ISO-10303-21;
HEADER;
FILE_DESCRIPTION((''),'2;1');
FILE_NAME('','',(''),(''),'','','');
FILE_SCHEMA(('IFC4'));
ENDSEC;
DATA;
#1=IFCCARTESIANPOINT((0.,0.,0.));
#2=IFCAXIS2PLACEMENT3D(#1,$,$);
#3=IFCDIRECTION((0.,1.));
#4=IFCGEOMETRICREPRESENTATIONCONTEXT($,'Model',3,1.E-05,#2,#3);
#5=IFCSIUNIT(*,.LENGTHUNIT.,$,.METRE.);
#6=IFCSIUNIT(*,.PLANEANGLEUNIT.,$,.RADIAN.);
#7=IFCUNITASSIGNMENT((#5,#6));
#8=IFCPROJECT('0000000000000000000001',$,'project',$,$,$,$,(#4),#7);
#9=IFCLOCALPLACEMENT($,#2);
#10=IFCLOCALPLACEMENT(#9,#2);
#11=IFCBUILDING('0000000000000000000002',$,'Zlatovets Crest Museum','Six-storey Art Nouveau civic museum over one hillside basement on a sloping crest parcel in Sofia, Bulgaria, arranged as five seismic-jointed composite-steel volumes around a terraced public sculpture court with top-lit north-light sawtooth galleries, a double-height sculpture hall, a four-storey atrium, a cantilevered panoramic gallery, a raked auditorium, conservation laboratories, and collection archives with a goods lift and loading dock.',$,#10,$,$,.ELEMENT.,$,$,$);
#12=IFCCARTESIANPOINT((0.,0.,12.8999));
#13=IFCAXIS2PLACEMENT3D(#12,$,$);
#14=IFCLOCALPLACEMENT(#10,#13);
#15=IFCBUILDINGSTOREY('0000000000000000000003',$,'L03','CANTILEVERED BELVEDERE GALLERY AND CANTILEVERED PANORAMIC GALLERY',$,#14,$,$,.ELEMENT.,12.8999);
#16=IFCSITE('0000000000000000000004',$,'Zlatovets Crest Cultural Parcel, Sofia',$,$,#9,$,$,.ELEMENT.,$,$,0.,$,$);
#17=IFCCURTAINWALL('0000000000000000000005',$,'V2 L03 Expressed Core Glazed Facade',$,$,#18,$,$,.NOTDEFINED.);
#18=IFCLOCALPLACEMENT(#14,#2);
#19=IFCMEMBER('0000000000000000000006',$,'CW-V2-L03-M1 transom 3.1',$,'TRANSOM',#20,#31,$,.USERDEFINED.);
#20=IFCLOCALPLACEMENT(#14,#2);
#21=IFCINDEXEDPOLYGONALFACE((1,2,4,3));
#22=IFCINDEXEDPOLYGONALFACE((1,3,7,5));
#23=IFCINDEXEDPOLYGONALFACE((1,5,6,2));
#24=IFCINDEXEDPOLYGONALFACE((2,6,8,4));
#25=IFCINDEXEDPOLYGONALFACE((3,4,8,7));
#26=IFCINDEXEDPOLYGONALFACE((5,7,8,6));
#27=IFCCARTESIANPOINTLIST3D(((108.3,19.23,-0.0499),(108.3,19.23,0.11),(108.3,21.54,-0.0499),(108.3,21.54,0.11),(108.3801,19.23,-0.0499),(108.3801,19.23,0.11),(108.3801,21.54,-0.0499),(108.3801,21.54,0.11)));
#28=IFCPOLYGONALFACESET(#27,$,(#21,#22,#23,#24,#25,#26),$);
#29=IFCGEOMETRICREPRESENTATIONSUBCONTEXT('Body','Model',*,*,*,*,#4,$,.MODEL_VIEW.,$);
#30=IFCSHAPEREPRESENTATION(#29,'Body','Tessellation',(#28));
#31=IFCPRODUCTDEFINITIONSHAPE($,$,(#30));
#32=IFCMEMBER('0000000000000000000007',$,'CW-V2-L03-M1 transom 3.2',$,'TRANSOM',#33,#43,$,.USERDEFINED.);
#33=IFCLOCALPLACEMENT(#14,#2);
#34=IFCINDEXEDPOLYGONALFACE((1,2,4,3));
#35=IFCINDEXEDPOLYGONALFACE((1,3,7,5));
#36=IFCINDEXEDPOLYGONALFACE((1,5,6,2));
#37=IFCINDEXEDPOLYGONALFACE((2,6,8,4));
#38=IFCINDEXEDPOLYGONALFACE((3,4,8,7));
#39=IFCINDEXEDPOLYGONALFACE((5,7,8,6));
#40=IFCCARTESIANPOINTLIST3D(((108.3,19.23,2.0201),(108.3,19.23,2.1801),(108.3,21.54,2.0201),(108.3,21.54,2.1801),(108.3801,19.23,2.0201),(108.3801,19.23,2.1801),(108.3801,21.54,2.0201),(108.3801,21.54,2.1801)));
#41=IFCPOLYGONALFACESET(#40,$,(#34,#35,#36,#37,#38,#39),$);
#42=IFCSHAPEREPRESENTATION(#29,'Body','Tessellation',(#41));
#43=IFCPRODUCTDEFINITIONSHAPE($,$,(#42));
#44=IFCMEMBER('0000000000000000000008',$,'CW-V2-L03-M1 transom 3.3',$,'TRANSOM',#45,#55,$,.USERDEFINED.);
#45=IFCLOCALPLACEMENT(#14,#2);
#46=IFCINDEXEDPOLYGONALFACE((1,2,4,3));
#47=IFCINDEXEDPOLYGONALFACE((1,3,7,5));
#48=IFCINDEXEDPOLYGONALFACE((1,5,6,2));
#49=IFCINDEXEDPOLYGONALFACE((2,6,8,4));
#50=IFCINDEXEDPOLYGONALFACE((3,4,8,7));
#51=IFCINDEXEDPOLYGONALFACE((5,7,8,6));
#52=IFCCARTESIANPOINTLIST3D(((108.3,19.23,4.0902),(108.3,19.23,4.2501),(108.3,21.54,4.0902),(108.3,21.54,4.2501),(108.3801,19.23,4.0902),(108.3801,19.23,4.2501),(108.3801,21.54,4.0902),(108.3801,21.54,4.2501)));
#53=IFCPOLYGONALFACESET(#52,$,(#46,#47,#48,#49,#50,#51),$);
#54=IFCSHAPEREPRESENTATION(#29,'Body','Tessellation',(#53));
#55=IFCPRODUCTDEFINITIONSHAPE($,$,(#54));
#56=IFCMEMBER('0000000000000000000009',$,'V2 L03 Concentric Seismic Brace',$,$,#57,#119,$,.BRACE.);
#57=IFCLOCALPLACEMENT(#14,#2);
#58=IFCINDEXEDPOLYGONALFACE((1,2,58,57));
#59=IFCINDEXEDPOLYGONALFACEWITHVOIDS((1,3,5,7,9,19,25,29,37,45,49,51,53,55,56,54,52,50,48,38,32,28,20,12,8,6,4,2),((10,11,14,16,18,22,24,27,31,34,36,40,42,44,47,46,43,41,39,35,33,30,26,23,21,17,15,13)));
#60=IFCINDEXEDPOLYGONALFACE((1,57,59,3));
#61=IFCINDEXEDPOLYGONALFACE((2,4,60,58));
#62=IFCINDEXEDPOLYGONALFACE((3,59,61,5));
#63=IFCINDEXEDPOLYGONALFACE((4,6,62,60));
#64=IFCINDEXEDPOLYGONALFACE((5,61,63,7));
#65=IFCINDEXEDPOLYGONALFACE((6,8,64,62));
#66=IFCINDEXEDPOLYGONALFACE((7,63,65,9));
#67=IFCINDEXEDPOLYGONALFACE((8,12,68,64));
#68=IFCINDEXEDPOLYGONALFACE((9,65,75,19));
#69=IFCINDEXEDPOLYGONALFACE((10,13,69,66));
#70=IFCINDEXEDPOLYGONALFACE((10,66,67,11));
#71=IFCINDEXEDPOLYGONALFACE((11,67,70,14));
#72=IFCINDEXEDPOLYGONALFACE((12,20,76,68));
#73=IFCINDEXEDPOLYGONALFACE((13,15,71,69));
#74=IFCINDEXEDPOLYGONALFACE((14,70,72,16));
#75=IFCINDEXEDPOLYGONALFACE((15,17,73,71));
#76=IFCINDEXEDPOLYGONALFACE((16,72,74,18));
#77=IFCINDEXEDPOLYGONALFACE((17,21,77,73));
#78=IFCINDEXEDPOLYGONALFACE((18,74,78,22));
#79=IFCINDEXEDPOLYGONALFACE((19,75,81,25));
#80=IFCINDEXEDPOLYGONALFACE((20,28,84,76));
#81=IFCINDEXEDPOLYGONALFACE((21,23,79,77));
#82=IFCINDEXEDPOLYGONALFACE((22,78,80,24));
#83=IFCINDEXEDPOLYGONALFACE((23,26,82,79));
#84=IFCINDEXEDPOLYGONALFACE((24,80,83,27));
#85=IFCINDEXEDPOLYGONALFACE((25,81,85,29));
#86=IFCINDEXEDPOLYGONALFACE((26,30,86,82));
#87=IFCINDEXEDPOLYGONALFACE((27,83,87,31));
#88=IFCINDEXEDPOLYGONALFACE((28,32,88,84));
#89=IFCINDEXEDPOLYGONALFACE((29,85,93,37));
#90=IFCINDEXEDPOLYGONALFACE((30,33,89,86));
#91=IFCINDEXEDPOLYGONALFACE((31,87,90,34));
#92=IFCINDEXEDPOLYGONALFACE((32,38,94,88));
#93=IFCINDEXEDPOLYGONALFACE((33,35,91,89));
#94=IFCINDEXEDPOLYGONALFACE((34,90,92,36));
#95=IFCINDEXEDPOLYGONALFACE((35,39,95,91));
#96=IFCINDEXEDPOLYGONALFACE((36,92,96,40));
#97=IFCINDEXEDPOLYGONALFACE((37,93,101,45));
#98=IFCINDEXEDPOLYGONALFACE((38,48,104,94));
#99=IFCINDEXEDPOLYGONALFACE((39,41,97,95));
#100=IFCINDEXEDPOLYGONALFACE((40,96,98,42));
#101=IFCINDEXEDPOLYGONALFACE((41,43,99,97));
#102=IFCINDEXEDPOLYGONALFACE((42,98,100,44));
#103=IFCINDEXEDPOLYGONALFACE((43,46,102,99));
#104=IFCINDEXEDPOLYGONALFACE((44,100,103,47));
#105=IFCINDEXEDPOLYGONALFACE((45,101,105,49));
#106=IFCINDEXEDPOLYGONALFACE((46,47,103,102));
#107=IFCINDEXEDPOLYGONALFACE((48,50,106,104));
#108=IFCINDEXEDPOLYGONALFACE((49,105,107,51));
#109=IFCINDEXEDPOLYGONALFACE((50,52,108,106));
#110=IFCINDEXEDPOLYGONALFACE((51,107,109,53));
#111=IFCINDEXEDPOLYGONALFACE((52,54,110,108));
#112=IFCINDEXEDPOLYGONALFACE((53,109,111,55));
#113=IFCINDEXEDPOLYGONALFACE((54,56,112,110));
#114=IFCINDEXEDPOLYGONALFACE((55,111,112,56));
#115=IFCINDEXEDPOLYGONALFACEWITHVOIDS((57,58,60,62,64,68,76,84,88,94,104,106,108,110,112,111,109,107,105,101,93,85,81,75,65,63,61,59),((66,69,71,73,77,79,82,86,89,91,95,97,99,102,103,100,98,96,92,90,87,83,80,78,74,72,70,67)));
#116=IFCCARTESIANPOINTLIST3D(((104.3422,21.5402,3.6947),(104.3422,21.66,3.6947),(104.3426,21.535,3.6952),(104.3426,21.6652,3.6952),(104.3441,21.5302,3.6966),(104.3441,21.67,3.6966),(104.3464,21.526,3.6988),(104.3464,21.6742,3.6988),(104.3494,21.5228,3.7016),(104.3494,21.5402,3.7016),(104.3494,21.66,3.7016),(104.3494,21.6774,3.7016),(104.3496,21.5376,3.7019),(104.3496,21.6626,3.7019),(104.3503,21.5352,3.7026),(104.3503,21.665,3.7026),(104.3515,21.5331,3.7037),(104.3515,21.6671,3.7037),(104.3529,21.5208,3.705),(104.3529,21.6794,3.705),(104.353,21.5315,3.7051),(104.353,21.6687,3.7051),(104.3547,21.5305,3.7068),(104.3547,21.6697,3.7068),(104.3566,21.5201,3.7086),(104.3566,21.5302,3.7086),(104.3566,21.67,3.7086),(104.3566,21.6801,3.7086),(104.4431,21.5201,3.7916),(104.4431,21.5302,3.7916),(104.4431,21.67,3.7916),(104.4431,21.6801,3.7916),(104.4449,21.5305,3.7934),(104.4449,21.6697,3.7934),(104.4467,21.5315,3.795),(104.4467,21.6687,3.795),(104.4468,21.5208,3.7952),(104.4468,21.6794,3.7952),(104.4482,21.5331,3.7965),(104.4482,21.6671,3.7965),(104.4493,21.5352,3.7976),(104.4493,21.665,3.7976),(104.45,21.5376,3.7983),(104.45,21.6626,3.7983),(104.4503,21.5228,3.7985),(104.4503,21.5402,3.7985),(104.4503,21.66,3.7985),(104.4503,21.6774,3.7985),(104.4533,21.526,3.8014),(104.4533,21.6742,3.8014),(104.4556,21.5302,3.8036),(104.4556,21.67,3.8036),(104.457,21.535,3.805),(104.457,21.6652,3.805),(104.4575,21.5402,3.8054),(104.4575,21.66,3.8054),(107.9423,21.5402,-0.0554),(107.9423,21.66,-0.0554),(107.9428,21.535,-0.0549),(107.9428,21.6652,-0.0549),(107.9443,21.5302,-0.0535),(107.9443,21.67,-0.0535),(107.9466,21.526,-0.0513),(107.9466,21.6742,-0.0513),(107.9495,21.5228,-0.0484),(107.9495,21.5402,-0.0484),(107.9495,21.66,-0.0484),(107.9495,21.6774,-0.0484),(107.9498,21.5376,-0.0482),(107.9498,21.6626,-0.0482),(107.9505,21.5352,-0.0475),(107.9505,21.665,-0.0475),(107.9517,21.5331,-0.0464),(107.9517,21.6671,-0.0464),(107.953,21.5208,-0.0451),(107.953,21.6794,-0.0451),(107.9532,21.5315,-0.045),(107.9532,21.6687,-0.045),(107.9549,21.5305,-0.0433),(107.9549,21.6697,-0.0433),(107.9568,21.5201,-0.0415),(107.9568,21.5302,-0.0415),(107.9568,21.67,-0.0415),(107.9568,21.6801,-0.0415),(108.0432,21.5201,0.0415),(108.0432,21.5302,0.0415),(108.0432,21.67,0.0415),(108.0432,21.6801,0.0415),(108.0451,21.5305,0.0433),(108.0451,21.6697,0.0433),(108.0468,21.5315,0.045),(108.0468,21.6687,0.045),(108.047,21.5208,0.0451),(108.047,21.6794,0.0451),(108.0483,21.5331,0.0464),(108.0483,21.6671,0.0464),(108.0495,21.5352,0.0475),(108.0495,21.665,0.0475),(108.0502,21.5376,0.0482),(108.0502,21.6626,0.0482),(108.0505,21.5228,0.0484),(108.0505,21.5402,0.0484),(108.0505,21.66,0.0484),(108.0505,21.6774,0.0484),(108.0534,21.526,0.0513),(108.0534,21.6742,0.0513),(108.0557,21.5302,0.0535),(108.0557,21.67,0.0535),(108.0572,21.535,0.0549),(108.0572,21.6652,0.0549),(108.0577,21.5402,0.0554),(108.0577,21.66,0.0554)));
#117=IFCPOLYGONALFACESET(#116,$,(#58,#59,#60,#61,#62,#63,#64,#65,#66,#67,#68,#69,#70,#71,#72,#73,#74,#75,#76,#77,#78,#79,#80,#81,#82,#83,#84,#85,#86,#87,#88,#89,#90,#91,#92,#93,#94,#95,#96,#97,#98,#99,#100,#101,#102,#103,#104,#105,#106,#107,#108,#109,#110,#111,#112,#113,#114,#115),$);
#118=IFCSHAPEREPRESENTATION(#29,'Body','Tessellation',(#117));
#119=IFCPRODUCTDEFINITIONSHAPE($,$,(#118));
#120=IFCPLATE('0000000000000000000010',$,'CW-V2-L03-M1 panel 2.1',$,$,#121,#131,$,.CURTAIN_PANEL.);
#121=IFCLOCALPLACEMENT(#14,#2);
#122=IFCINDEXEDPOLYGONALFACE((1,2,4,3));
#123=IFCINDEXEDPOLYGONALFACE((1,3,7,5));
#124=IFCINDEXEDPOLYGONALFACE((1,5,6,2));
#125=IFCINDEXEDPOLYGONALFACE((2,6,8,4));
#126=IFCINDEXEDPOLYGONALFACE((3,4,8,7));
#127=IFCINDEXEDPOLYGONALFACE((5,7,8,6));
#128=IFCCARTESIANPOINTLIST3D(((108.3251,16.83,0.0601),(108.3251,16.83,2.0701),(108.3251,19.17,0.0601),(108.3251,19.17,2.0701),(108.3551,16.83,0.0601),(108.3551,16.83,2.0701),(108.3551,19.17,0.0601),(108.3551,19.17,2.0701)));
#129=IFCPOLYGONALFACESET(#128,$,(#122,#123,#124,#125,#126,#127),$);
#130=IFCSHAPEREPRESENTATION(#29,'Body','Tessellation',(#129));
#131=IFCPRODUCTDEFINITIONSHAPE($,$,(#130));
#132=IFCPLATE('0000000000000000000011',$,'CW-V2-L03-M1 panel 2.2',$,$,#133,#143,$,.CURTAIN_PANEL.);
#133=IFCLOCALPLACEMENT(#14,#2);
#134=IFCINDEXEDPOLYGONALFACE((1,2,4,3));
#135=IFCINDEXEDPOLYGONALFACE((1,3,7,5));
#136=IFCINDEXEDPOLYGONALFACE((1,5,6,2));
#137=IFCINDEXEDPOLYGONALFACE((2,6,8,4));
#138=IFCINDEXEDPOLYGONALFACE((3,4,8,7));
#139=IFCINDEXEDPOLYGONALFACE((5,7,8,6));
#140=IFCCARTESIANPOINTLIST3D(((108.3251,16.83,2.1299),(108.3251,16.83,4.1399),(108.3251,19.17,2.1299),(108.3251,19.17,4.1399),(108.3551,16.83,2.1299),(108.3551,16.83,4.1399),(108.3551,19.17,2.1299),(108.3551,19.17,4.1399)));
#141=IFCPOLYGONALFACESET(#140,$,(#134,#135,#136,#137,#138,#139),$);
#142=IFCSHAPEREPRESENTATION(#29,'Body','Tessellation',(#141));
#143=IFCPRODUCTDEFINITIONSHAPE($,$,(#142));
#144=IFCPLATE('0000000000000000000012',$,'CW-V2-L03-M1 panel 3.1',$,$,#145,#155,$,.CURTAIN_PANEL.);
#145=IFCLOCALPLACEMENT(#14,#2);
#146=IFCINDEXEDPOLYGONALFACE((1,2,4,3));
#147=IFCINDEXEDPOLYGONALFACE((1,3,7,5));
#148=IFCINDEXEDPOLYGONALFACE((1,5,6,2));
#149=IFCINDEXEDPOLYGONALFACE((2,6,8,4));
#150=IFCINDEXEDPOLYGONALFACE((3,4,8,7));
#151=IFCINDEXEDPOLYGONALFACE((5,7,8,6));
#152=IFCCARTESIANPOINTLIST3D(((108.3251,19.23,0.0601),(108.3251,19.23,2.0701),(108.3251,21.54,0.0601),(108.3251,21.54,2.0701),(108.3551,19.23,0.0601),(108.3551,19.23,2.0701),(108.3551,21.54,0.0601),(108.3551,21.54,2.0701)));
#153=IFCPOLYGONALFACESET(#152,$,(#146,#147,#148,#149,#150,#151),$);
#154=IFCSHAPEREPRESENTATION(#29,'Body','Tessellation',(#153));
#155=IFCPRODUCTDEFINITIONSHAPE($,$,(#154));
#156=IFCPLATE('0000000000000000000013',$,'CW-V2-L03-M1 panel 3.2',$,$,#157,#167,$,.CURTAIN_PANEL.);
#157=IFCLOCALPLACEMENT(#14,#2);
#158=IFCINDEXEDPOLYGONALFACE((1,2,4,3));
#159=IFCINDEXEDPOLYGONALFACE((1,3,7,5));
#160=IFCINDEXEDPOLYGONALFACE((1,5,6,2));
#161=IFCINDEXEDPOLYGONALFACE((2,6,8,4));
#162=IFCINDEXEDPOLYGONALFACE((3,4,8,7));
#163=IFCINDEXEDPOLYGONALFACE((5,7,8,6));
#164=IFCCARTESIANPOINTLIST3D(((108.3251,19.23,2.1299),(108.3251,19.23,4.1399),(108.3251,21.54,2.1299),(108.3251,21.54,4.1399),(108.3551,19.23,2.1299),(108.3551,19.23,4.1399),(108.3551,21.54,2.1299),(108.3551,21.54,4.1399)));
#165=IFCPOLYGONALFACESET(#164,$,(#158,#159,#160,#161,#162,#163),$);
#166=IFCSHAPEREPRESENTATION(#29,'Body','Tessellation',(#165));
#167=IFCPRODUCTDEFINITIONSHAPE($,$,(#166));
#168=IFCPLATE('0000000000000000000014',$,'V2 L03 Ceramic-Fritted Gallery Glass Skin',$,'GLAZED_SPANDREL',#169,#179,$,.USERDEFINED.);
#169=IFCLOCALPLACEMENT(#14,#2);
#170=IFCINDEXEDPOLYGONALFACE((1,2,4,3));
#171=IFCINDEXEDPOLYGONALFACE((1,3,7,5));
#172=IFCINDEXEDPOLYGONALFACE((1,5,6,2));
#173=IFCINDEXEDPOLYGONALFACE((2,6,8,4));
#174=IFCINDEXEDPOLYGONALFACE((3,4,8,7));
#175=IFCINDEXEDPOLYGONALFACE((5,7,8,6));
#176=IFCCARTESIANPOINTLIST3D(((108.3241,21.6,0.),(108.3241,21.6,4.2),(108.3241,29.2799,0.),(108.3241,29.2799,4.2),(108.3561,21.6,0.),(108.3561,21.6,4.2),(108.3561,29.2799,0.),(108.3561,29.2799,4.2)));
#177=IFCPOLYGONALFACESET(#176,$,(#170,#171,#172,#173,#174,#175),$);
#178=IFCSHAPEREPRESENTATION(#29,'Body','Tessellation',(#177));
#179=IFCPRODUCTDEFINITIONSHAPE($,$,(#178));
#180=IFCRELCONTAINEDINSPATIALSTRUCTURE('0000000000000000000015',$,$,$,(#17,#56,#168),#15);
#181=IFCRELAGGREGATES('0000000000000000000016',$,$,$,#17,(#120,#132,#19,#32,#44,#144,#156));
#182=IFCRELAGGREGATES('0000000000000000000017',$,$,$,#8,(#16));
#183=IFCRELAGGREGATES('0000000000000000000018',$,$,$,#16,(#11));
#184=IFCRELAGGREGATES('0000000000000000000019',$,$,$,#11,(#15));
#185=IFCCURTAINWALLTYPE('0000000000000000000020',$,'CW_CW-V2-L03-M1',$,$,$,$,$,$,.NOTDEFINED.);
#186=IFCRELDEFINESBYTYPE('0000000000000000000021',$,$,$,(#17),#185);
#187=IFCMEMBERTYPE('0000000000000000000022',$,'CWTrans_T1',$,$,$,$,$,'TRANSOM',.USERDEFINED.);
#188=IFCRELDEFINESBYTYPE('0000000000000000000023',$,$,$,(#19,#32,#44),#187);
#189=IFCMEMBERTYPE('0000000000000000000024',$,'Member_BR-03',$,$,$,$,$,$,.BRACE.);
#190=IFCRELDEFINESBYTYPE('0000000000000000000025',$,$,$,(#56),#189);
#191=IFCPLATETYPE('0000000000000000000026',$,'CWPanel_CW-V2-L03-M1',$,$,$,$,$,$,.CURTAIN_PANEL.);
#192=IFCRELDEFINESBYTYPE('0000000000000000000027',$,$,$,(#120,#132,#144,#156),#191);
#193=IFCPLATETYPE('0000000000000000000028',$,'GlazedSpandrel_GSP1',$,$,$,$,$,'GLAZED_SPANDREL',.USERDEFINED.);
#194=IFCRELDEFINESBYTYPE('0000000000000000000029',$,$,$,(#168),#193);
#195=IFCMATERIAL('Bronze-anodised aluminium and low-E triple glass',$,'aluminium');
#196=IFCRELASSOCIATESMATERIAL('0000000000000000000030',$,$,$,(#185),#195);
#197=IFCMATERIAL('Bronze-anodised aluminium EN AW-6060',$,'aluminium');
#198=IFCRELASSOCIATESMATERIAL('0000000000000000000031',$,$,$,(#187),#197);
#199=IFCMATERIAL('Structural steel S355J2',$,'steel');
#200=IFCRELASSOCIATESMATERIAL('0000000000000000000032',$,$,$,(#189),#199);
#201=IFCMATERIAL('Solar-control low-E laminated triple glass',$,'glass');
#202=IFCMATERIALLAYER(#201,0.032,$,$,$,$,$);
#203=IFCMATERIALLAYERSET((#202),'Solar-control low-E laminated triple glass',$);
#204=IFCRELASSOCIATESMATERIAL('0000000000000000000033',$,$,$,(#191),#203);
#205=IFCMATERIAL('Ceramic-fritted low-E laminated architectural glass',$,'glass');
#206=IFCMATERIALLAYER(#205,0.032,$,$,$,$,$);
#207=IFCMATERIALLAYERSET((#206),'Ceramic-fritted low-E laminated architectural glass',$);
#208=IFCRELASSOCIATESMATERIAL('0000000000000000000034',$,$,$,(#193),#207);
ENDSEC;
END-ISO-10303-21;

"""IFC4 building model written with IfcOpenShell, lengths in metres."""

from ifc_helpers import new_model, si_unit, direction, frame, origin, origin_2d, place, context, subcontext, project, spatial, rectangle, hollow_rectangle, extrude, material, layer, layer_set, material_profile, profile_set, type_object, element, aggregate, save


model = new_model("IFC4")

# Units and contexts
model_context = context("Model", 3, precision=1e-05, world=origin(), true_north=direction((0.0, 1.0)))
body_context = subcontext(model_context, "Body", "Model", "MODEL_VIEW")
ifc_project = project(units=[si_unit("LENGTHUNIT", "METRE"), si_unit("PLANEANGLEUNIT", "RADIAN")], contexts=[model_context])

# Site, building, storey
site_placement = place(None, origin())
site = spatial("IfcSite", under=ifc_project, at=site_placement, Name="Zlatovets Crest Cultural Parcel, Sofia", CompositionType="ELEMENT", RefElevation=0.0)
building_placement = place(site_placement, origin())
building = spatial("IfcBuilding", under=site, at=building_placement, Name="Zlatovets Crest Museum", Description="Six-storey Art Nouveau civic museum over one hillside basement on a sloping crest parcel in Sofia, Bulgaria, arranged as five seismic-jointed composite-steel volumes around a terraced public sculpture court with top-lit north-light sawtooth galleries, a double-height sculpture hall, a four-storey atrium, a cantilevered panoramic gallery, a raked auditorium, conservation laboratories, and collection archives with a goods lift and loading dock.", CompositionType="ELEMENT")
storey_placement = place(building_placement, frame((0.0, 0.0, 12.8999)))
storey = spatial("IfcBuildingStorey", under=building, at=storey_placement, Name="L03", Description="CANTILEVERED BELVEDERE GALLERY AND CANTILEVERED PANORAMIC GALLERY", CompositionType="ELEMENT", Elevation=12.8999)

# Shared definitions
ifc_material_1 = material(Name="Structural steel S355J2", Category="steel")

# Curtain wall, members
ifc_material_2 = material(Name="Bronze-anodised aluminium and low-E triple glass", Category="aluminium")
curtain_wall_type = type_object("IfcCurtainWallType", Name="CW_CW-V2-L03-M1", PredefinedType="NOTDEFINED", material=ifc_material_2)
curtain_wall_placement = place(storey_placement, origin())
curtain_wall = element("IfcCurtainWall", 1, at=curtain_wall_placement, inside=storey, type_object=curtain_wall_type, Name="V2 L03 Expressed Core Glazed Facade", PredefinedType="NOTDEFINED")
ifc_material_3 = material(Name="Bronze-anodised aluminium EN AW-6060", Category="aluminium")
ifc_material_profile_1 = material_profile(ifc_material_3, rectangle(XDim=0.0801, YDim=0.1599, at=origin_2d()), Name="ALU 80x160")
ifc_profile_set_1 = profile_set([ifc_material_profile_1], Name="Bronze-anodised aluminium EN AW-6060")
member_type_1 = type_object("IfcMemberType", Name="CWTrans_T1", ElementType="TRANSOM", PredefinedType="USERDEFINED", material=ifc_profile_set_1)
member_1_placement = place(storey_placement, frame((108.3401, 19.23, 0.03), z_axis=(0.0, 1.0, 0.0), x_axis=(-1.0, 0.0, 0.0)))
member_1 = element("IfcMember", 2, at=member_1_placement, type_object=member_type_1, Name="CW-V2-L03-M1 transom 3.1", ObjectType="TRANSOM", PredefinedType="USERDEFINED", context=body_context, shape_type="SweptSolid", body=[
    extrude(rectangle(XDim=0.0801, YDim=0.1599, at=origin_2d()), origin(), (0.0, 0.0, 1.0), 2.3101),
])
member_2_placement = place(storey_placement, frame((108.3401, 19.23, 2.1001), z_axis=(0.0, 1.0, 0.0), x_axis=(-1.0, 0.0, 0.0)))
member_2 = element("IfcMember", 3, at=member_2_placement, type_object=member_type_1, Name="CW-V2-L03-M1 transom 3.2", ObjectType="TRANSOM", PredefinedType="USERDEFINED", context=body_context, shape_type="SweptSolid", body=[
    extrude(rectangle(XDim=0.0801, YDim=0.1599, at=origin_2d()), origin(), (0.0, 0.0, 1.0), 2.3101),
])
member_3_placement = place(storey_placement, frame((108.3401, 19.23, 4.1702), z_axis=(0.0, 1.0, 0.0), x_axis=(-1.0, 0.0, 0.0)))
member_3 = element("IfcMember", 4, at=member_3_placement, type_object=member_type_1, Name="CW-V2-L03-M1 transom 3.3", ObjectType="TRANSOM", PredefinedType="USERDEFINED", context=body_context, shape_type="SweptSolid", body=[
    extrude(rectangle(XDim=0.0801, YDim=0.1599, at=origin_2d()), origin(), (0.0, 0.0, 1.0), 2.3101),
])

# Member
ifc_material_profile_2 = material_profile(ifc_material_1, hollow_rectangle(XDim=0.1599, YDim=0.1599, WallThickness=0.01, InnerFilletRadius=0.01, OuterFilletRadius=0.02, at=origin_2d()), Name="SHS 160x160x10.0")
ifc_profile_set_2 = profile_set([ifc_material_profile_2], Name="Structural steel S355J2")
member_type_2 = type_object("IfcMemberType", Name="Member_BR-03", PredefinedType="BRACE", material=ifc_profile_set_2)
member_4_placement = place(storey_placement, frame((108.0, 21.6001, 0.0), z_axis=(-0.692542, 0.0, 0.721378), x_axis=(0.0, -1.0, 0.0)))
element("IfcMember", 5, at=member_4_placement, inside=storey, type_object=member_type_2, Name="V2 L03 Concentric Seismic Brace", PredefinedType="BRACE", context=body_context, shape_type="SweptSolid", body=[
    extrude(hollow_rectangle(XDim=0.1599, YDim=0.1599, WallThickness=0.01, InnerFilletRadius=0.01, OuterFilletRadius=0.02, at=origin_2d()), origin(), (0.0, 0.0, 1.0), 5.1985),
])

# Plates
ifc_material_4 = material(Name="Solar-control low-E laminated triple glass", Category="glass")
ifc_layer_1 = layer(ifc_material_4, 0.032)
ifc_layer_set_1 = layer_set([ifc_layer_1], Name="Solar-control low-E laminated triple glass")
plate_type_1 = type_object("IfcPlateType", Name="CWPanel_CW-V2-L03-M1", PredefinedType="CURTAIN_PANEL", material=ifc_layer_set_1)
plate_1_placement = place(storey_placement, frame((108.3401, 18.0, 0.0601), z_axis=(0.0, 0.0, 1.0), x_axis=(0.0, 1.0, 0.0)))
plate_1 = element("IfcPlate", 6, at=plate_1_placement, type_object=plate_type_1, Name="CW-V2-L03-M1 panel 2.1", PredefinedType="CURTAIN_PANEL", context=body_context, shape_type="SweptSolid", body=[
    extrude(rectangle(XDim=2.3401, YDim=0.03, at=origin_2d()), origin(), (0.0, 0.0, 1.0), 2.01),
])
plate_2_placement = place(storey_placement, frame((108.3401, 18.0, 2.1299), z_axis=(0.0, 0.0, 1.0), x_axis=(0.0, 1.0, 0.0)))
plate_2 = element("IfcPlate", 7, at=plate_2_placement, type_object=plate_type_1, Name="CW-V2-L03-M1 panel 2.2", PredefinedType="CURTAIN_PANEL", context=body_context, shape_type="SweptSolid", body=[
    extrude(rectangle(XDim=2.3401, YDim=0.03, at=origin_2d()), origin(), (0.0, 0.0, 1.0), 2.01),
])
plate_3_placement = place(storey_placement, frame((108.3401, 20.385, 0.0601), z_axis=(0.0, 0.0, 1.0), x_axis=(0.0, 1.0, 0.0)))
plate_3 = element("IfcPlate", 8, at=plate_3_placement, type_object=plate_type_1, Name="CW-V2-L03-M1 panel 3.1", PredefinedType="CURTAIN_PANEL", context=body_context, shape_type="SweptSolid", body=[
    extrude(rectangle(XDim=2.3101, YDim=0.03, at=origin_2d()), origin(), (0.0, 0.0, 1.0), 2.01),
])
plate_4_placement = place(storey_placement, frame((108.3401, 20.385, 2.1299), z_axis=(0.0, 0.0, 1.0), x_axis=(0.0, 1.0, 0.0)))
plate_4 = element("IfcPlate", 9, at=plate_4_placement, type_object=plate_type_1, Name="CW-V2-L03-M1 panel 3.2", PredefinedType="CURTAIN_PANEL", context=body_context, shape_type="SweptSolid", body=[
    extrude(rectangle(XDim=2.3101, YDim=0.03, at=origin_2d()), origin(), (0.0, 0.0, 1.0), 2.01),
])
aggregate(curtain_wall, [plate_1, plate_2, member_1, member_2, member_3, plate_3, plate_4])
ifc_material_5 = material(Name="Ceramic-fritted low-E laminated architectural glass", Category="glass")
ifc_layer_2 = layer(ifc_material_5, 0.032)
ifc_layer_set_2 = layer_set([ifc_layer_2], Name="Ceramic-fritted low-E laminated architectural glass")
plate_type_2 = type_object("IfcPlateType", Name="GlazedSpandrel_GSP1", ElementType="GLAZED_SPANDREL", PredefinedType="USERDEFINED", material=ifc_layer_set_2)
plate_5_placement = place(storey_placement, frame((108.3401, 25.4399, 0.0), z_axis=(0.0, 0.0, 1.0), x_axis=(0.0, 1.0, 0.0)))
element("IfcPlate", 10, at=plate_5_placement, inside=storey, type_object=plate_type_2, Name="V2 L03 Ceramic-Fritted Gallery Glass Skin", ObjectType="GLAZED_SPANDREL", PredefinedType="USERDEFINED", context=body_context, shape_type="SweptSolid", body=[
    extrude(rectangle(XDim=7.6799, YDim=0.032, at=origin_2d()), origin(), (0.0, 0.0, 1.0), 4.2),
])

save(model, "model.ifc")
